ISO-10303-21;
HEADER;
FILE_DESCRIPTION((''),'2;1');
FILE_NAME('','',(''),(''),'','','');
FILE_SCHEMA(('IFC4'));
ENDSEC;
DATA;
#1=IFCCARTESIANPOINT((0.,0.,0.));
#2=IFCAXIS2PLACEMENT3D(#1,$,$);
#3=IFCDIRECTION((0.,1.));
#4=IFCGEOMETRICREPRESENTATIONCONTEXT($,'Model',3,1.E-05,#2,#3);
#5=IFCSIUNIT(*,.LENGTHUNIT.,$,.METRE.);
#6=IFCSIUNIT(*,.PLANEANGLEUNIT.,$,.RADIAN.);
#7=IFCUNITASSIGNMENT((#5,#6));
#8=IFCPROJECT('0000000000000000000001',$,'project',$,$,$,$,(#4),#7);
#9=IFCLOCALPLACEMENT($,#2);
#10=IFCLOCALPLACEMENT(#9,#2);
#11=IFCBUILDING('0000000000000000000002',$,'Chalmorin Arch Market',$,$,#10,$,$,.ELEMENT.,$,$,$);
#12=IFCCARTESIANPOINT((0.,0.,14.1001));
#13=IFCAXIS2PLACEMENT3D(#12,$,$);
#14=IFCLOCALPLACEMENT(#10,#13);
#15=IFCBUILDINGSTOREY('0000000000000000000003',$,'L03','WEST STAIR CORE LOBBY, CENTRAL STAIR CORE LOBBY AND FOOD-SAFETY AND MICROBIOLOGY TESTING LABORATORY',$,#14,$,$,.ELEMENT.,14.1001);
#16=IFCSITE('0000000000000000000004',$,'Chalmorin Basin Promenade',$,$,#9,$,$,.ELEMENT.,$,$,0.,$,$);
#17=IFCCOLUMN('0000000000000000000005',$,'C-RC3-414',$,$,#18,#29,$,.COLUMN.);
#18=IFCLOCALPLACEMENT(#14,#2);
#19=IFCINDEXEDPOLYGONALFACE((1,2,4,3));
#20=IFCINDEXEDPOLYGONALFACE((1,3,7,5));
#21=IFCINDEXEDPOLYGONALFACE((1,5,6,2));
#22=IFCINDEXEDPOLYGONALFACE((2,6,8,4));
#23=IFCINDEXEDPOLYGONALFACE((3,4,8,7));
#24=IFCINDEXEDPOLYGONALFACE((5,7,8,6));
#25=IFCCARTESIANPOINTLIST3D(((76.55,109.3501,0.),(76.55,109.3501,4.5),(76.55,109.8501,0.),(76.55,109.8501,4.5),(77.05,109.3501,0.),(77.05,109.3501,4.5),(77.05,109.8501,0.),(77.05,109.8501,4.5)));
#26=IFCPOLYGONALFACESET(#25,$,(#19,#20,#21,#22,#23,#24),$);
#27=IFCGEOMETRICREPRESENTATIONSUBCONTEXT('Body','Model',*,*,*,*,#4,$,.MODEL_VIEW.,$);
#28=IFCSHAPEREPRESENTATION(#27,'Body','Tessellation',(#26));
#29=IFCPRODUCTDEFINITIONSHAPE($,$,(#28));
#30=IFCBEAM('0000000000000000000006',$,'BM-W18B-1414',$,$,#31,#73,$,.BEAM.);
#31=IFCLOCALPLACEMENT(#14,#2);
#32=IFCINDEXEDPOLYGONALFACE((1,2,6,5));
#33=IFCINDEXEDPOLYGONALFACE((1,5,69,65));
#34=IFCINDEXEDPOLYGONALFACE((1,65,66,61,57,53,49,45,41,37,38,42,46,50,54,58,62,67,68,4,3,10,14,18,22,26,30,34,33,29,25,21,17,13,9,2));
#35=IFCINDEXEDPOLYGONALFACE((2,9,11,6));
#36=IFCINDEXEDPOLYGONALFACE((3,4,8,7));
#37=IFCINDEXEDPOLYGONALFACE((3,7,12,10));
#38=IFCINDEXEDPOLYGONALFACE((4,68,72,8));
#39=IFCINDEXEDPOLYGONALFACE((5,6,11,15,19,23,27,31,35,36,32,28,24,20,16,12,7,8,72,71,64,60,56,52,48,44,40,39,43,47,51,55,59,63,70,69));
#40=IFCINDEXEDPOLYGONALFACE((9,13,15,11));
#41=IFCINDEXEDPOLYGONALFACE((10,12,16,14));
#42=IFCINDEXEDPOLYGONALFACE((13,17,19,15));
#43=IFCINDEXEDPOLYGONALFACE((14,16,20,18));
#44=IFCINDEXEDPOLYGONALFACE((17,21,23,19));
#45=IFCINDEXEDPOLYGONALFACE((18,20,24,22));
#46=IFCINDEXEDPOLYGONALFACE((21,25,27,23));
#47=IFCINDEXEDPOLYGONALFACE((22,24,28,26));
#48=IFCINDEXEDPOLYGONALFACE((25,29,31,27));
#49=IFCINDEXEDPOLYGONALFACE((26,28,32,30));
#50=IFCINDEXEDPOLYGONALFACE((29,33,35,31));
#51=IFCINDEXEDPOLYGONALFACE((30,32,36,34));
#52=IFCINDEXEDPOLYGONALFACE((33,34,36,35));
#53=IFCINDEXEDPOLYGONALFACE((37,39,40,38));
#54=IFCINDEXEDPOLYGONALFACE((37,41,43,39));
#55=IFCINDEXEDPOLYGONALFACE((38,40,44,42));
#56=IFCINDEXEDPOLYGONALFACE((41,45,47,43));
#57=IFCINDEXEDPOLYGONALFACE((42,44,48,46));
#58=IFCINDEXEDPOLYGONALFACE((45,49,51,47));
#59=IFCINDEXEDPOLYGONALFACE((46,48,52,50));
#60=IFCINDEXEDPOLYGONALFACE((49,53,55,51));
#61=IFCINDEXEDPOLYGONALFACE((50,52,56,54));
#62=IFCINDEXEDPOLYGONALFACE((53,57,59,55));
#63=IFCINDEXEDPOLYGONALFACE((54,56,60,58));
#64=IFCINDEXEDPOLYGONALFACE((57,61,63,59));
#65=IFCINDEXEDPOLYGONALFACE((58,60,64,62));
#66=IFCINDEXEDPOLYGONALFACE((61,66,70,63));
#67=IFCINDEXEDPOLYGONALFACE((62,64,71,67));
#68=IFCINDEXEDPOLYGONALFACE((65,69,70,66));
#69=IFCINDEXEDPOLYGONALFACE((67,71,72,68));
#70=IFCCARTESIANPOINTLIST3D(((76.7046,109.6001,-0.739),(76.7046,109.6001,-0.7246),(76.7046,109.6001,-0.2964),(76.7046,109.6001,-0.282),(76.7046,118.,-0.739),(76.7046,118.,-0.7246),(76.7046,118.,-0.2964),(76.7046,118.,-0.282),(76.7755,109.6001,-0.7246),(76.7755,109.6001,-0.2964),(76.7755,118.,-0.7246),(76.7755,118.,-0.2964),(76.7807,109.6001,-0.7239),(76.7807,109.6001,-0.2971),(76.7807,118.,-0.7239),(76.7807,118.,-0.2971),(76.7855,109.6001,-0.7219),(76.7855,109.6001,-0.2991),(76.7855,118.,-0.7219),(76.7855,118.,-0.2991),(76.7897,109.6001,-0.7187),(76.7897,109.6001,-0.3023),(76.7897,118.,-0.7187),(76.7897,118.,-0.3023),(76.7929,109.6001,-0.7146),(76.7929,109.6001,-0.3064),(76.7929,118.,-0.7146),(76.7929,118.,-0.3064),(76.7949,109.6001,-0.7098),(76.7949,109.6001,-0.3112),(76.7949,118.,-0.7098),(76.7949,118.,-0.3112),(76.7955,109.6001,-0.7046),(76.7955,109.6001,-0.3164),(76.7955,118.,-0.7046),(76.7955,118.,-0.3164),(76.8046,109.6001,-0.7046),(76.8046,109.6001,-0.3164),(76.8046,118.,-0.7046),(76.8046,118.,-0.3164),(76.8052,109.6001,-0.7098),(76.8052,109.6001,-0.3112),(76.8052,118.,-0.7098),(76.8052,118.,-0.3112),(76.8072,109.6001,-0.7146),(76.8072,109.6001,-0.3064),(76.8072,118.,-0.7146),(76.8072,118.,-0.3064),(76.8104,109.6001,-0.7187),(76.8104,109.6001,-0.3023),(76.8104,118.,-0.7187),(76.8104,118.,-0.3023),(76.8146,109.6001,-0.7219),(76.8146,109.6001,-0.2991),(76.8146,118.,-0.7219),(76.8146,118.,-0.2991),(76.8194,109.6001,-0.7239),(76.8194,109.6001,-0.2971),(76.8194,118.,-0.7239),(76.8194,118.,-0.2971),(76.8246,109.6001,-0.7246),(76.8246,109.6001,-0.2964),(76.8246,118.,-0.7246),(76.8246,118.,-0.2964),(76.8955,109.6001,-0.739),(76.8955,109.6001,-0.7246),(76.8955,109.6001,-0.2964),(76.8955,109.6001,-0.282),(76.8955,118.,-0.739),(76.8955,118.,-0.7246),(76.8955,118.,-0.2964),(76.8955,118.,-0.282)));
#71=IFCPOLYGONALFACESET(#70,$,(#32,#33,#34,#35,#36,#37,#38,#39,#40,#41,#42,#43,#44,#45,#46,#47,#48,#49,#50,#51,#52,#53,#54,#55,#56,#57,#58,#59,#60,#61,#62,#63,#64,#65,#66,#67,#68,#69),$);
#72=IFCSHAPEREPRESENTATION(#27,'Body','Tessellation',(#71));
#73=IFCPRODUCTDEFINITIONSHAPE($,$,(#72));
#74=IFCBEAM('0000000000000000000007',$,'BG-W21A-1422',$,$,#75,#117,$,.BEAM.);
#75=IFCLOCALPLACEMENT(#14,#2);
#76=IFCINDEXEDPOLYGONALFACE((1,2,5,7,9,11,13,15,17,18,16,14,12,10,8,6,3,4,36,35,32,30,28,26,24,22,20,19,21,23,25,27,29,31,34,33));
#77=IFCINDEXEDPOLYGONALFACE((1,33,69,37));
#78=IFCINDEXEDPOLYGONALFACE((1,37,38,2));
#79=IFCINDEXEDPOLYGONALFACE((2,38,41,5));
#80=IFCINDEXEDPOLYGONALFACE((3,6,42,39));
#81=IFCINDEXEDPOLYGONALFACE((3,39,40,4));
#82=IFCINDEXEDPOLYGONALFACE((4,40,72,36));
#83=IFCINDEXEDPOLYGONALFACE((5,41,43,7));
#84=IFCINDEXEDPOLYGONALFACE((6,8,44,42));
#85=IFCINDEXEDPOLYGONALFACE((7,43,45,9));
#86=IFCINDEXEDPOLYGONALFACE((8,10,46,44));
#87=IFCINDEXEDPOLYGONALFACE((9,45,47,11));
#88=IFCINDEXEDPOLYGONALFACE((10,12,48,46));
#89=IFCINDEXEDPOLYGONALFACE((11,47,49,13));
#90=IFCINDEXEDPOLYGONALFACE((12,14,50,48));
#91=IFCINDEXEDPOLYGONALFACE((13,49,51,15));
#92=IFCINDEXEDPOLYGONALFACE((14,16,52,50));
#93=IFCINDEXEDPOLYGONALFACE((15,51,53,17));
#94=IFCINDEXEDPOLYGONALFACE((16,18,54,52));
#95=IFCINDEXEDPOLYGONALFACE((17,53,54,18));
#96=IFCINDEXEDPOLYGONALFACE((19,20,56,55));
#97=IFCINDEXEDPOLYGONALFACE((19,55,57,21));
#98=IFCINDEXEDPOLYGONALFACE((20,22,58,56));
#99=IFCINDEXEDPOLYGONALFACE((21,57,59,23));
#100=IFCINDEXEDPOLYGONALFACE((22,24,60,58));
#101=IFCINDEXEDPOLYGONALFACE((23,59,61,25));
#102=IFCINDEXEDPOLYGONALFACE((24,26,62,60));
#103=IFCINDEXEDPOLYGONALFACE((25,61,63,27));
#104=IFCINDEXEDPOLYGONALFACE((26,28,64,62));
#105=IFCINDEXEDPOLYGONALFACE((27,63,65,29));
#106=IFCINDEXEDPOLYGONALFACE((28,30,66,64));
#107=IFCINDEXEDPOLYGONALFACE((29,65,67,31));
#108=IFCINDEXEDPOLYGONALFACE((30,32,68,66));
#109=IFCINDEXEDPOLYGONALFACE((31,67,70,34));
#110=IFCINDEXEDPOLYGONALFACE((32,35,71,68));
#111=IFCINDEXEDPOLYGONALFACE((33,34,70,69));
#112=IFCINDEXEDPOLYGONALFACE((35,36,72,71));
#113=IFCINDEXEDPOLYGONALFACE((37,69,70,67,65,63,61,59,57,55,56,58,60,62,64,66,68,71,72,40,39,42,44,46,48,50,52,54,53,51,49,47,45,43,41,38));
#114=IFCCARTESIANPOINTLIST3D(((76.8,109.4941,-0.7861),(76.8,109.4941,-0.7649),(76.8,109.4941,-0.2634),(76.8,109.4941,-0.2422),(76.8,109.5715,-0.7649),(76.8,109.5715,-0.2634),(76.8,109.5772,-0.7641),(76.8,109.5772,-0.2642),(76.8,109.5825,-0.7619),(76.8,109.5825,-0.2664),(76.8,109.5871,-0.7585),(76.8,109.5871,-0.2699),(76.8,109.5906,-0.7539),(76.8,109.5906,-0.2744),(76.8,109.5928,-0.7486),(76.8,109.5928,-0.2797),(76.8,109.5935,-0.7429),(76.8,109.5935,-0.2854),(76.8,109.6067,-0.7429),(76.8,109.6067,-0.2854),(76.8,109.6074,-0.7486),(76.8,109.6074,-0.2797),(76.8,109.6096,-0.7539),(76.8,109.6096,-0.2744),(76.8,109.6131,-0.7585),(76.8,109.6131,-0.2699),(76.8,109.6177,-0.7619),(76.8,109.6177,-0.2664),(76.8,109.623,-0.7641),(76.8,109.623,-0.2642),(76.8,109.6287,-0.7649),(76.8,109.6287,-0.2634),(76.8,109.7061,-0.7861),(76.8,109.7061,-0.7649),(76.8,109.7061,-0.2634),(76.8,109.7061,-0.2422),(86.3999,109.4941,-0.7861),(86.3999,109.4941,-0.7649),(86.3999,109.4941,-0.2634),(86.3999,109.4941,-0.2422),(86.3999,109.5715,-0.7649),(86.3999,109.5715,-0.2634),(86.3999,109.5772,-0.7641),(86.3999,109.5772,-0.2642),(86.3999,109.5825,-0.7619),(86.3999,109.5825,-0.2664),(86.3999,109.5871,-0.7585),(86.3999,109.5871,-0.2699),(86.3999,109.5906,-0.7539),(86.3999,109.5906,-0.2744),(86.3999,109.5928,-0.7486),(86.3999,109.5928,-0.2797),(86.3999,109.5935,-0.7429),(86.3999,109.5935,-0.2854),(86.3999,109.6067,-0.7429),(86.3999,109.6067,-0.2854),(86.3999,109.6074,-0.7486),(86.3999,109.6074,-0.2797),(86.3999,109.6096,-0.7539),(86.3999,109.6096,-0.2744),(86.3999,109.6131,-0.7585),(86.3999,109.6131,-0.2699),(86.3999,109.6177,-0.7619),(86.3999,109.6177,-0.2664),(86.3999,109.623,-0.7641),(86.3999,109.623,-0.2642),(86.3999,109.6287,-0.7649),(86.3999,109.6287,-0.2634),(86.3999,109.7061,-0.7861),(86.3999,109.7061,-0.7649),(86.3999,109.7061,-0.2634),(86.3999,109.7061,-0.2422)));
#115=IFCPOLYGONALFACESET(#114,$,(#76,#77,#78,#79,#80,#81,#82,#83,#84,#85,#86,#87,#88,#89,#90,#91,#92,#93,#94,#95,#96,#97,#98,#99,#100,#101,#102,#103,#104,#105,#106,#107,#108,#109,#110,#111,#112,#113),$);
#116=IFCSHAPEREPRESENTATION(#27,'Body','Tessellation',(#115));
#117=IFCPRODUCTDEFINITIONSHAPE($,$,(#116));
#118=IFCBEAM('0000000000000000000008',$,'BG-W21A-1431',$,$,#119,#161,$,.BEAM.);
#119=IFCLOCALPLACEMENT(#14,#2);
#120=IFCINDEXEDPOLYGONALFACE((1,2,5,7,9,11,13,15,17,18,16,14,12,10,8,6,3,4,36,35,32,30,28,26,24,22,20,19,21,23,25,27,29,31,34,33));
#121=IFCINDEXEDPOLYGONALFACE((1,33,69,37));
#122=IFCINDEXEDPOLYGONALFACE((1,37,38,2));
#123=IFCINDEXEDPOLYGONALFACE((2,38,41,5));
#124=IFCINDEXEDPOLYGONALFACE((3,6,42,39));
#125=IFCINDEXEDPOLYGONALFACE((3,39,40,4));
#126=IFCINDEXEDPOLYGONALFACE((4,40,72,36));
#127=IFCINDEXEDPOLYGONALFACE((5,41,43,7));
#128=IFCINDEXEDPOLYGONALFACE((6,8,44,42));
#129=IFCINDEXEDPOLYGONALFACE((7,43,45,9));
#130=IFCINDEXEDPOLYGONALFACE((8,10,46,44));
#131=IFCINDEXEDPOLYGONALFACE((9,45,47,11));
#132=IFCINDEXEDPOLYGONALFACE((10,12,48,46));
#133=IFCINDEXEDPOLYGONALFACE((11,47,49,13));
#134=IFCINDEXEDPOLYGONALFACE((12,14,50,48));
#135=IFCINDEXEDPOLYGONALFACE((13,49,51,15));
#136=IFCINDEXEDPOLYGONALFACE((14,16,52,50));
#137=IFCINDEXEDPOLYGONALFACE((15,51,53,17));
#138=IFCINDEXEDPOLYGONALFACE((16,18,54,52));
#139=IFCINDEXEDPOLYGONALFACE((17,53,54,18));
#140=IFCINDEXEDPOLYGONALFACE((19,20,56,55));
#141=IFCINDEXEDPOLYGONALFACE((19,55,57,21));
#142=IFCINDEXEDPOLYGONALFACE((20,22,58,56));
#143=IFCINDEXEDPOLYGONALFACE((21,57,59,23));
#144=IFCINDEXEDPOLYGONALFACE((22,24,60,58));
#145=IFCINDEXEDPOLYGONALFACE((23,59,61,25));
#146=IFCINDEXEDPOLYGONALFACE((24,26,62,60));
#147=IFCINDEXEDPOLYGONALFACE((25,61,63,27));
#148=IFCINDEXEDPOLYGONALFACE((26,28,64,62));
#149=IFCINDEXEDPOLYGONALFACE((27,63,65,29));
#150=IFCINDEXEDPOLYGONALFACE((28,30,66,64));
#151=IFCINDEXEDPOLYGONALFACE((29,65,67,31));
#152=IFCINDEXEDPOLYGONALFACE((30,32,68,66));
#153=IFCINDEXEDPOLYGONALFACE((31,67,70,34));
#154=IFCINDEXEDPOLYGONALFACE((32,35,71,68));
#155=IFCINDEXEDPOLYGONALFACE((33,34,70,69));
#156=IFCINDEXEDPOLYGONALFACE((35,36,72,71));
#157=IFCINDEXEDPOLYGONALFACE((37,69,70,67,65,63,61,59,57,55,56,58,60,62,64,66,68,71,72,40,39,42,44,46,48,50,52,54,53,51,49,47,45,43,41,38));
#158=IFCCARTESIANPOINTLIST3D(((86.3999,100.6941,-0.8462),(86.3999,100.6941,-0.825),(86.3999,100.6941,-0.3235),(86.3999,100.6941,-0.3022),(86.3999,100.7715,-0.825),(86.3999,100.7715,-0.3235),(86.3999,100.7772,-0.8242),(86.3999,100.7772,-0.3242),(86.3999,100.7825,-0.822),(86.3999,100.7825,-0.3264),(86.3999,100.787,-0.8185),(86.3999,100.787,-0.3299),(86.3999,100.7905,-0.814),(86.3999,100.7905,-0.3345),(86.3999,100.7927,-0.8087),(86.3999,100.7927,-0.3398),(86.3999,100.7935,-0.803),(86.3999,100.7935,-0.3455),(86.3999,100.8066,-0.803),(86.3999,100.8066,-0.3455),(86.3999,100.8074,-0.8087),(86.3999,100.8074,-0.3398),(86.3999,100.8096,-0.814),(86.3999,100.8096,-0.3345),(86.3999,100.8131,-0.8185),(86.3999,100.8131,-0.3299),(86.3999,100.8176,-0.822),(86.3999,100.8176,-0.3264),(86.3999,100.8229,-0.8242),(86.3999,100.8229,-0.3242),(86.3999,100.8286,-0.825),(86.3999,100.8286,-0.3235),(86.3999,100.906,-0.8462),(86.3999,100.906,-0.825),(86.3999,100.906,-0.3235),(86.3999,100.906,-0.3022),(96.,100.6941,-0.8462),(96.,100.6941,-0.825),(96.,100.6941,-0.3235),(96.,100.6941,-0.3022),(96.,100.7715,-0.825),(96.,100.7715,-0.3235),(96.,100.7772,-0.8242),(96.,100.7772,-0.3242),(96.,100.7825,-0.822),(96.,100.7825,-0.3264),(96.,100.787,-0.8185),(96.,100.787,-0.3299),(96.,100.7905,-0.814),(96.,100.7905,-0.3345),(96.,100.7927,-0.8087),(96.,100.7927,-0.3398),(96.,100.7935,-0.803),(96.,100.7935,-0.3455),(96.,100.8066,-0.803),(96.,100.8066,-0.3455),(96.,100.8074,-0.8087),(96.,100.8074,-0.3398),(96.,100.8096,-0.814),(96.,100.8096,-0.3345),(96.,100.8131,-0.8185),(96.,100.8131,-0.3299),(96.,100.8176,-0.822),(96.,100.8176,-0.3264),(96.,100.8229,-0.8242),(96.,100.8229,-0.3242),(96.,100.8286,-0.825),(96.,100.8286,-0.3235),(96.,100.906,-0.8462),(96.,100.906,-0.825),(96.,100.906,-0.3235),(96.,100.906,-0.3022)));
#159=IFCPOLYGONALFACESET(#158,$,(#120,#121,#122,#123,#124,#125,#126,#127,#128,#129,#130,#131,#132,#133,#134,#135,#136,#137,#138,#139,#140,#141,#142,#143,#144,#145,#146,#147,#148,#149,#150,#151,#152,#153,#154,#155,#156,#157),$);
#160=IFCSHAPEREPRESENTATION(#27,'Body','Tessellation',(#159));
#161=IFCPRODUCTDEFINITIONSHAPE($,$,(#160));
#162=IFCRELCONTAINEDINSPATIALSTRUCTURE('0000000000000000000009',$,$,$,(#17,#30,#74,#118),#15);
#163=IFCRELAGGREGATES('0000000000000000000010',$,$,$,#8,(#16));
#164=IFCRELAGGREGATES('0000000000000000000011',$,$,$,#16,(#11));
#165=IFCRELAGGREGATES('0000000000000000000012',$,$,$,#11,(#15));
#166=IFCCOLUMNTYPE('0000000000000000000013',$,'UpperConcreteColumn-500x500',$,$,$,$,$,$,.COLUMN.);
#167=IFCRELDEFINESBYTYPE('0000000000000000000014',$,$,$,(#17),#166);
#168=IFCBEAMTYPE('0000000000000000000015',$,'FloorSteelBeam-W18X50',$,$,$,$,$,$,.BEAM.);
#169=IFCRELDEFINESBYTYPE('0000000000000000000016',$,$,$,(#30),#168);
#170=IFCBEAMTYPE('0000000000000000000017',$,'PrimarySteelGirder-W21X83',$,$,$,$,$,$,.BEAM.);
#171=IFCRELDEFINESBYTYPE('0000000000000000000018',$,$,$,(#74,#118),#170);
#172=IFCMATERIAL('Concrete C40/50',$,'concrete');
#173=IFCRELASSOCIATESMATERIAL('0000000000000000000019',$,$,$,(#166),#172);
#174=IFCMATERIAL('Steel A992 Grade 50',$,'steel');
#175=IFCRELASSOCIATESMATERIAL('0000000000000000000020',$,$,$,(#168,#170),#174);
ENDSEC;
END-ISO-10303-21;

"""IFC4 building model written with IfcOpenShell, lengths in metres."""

from ifc_helpers import new_model, si_unit, direction, frame, origin, origin_2d, place, context, subcontext, project, spatial, rectangle, i_section, extrude, material, material_profile, profile_set, type_object, element, save


model = new_model("IFC4")

# Units and contexts
model_context = context("Model", 3, precision=1e-05, world=origin(), true_north=direction((0.0, 1.0)))
body_context = subcontext(model_context, "Body", "Model", "MODEL_VIEW")
ifc_project = project(units=[si_unit("LENGTHUNIT", "METRE"), si_unit("PLANEANGLEUNIT", "RADIAN")], contexts=[model_context])

# Site, building, storey
site_placement = place(None, origin())
site = spatial("IfcSite", under=ifc_project, at=site_placement, Name="Chalmorin Basin Promenade", CompositionType="ELEMENT", RefElevation=0.0)
building_placement = place(site_placement, origin())
building = spatial("IfcBuilding", under=site, at=building_placement, Name="Chalmorin Arch Market", CompositionType="ELEMENT")
storey_placement = place(building_placement, frame((0.0, 0.0, 14.1001)))
storey = spatial("IfcBuildingStorey", under=building, at=storey_placement, Name="L03", Description="WEST STAIR CORE LOBBY, CENTRAL STAIR CORE LOBBY AND FOOD-SAFETY AND MICROBIOLOGY TESTING LABORATORY", CompositionType="ELEMENT", Elevation=14.1001)

# Column
ifc_material_1 = material(Name="Concrete C40/50", Category="concrete")
ifc_material_profile_1 = material_profile(ifc_material_1, rectangle(XDim=0.5, YDim=0.5, at=origin_2d()), Name="RC500X500")
ifc_profile_set_1 = profile_set([ifc_material_profile_1], Name="Concrete C40/50")
column_type = type_object("IfcColumnType", Name="UpperConcreteColumn-500x500", PredefinedType="COLUMN", material=ifc_profile_set_1)
column_placement = place(storey_placement, frame((76.8, 109.6001, 0.0), z_axis=(0.0, 0.0, 1.0), x_axis=(1.0, 0.0, 0.0)))
element("IfcColumn", 1, at=column_placement, inside=storey, type_object=column_type, Name="C-RC3-414", PredefinedType="COLUMN", context=body_context, shape_type="SweptSolid", body=[
    extrude(rectangle(XDim=0.5, YDim=0.5, at=origin_2d()), origin(), (0.0, 0.0, 1.0), 4.5),
])

# Beams
ifc_material_2 = material(Name="Steel A992 Grade 50", Category="steel")
ifc_material_profile_2 = material_profile(ifc_material_2, i_section(OverallWidth=0.1909, OverallDepth=0.457, WebThickness=0.009, FlangeThickness=0.0144, FilletRadius=0.02, at=origin_2d()), Name="W18X50")
ifc_profile_set_2 = profile_set([ifc_material_profile_2], Name="Steel A992 Grade 50")
beam_type_1 = type_object("IfcBeamType", Name="FloorSteelBeam-W18X50", PredefinedType="BEAM", material=ifc_profile_set_2)
beam_1_placement = place(storey_placement, frame((76.8, 109.6001, -0.5105), z_axis=(0.0, 1.0, 0.0), x_axis=(-1.0, 0.0, 0.0)))
element("IfcBeam", 2, at=beam_1_placement, inside=storey, type_object=beam_type_1, Name="BM-W18B-1414", PredefinedType="BEAM", context=body_context, shape_type="SweptSolid", body=[
    extrude(i_section(OverallWidth=0.1909, OverallDepth=0.457, WebThickness=0.009, FlangeThickness=0.0144, FilletRadius=0.02, at=origin_2d()), origin(), (0.0, 0.0, 1.0), 8.3999),
])
ifc_material_profile_3 = material_profile(ifc_material_2, i_section(OverallWidth=0.2119, OverallDepth=0.5439, WebThickness=0.0132, FlangeThickness=0.0212, FilletRadius=0.022, at=origin_2d()), Name="W21X83")
ifc_profile_set_3 = profile_set([ifc_material_profile_3], Name="Steel A992 Grade 50")
beam_type_2 = type_object("IfcBeamType", Name="PrimarySteelGirder-W21X83", PredefinedType="BEAM", material=ifc_profile_set_3)
beam_2_placement = place(storey_placement, frame((76.8, 109.6001, -0.5142), z_axis=(1.0, 0.0, 0.0), x_axis=(0.0, 1.0, 0.0)))
element("IfcBeam", 3, at=beam_2_placement, inside=storey, type_object=beam_type_2, Name="BG-W21A-1422", PredefinedType="BEAM", context=body_context, shape_type="SweptSolid", body=[
    extrude(i_section(OverallWidth=0.2119, OverallDepth=0.5439, WebThickness=0.0132, FlangeThickness=0.0212, FilletRadius=0.022, at=origin_2d()), origin(), (0.0, 0.0, 1.0), 9.5999),
])
beam_3_placement = place(storey_placement, frame((86.3999, 100.8, -0.5742), z_axis=(1.0, 0.0, 0.0), x_axis=(0.0, 1.0, 0.0)))
element("IfcBeam", 4, at=beam_3_placement, inside=storey, type_object=beam_type_2, Name="BG-W21A-1431", PredefinedType="BEAM", context=body_context, shape_type="SweptSolid", body=[
    extrude(i_section(OverallWidth=0.2119, OverallDepth=0.5439, WebThickness=0.0132, FlangeThickness=0.0212, FilletRadius=0.022, at=origin_2d()), origin(), (0.0, 0.0, 1.0), 9.6001),
])

save(model, "model.ifc")
